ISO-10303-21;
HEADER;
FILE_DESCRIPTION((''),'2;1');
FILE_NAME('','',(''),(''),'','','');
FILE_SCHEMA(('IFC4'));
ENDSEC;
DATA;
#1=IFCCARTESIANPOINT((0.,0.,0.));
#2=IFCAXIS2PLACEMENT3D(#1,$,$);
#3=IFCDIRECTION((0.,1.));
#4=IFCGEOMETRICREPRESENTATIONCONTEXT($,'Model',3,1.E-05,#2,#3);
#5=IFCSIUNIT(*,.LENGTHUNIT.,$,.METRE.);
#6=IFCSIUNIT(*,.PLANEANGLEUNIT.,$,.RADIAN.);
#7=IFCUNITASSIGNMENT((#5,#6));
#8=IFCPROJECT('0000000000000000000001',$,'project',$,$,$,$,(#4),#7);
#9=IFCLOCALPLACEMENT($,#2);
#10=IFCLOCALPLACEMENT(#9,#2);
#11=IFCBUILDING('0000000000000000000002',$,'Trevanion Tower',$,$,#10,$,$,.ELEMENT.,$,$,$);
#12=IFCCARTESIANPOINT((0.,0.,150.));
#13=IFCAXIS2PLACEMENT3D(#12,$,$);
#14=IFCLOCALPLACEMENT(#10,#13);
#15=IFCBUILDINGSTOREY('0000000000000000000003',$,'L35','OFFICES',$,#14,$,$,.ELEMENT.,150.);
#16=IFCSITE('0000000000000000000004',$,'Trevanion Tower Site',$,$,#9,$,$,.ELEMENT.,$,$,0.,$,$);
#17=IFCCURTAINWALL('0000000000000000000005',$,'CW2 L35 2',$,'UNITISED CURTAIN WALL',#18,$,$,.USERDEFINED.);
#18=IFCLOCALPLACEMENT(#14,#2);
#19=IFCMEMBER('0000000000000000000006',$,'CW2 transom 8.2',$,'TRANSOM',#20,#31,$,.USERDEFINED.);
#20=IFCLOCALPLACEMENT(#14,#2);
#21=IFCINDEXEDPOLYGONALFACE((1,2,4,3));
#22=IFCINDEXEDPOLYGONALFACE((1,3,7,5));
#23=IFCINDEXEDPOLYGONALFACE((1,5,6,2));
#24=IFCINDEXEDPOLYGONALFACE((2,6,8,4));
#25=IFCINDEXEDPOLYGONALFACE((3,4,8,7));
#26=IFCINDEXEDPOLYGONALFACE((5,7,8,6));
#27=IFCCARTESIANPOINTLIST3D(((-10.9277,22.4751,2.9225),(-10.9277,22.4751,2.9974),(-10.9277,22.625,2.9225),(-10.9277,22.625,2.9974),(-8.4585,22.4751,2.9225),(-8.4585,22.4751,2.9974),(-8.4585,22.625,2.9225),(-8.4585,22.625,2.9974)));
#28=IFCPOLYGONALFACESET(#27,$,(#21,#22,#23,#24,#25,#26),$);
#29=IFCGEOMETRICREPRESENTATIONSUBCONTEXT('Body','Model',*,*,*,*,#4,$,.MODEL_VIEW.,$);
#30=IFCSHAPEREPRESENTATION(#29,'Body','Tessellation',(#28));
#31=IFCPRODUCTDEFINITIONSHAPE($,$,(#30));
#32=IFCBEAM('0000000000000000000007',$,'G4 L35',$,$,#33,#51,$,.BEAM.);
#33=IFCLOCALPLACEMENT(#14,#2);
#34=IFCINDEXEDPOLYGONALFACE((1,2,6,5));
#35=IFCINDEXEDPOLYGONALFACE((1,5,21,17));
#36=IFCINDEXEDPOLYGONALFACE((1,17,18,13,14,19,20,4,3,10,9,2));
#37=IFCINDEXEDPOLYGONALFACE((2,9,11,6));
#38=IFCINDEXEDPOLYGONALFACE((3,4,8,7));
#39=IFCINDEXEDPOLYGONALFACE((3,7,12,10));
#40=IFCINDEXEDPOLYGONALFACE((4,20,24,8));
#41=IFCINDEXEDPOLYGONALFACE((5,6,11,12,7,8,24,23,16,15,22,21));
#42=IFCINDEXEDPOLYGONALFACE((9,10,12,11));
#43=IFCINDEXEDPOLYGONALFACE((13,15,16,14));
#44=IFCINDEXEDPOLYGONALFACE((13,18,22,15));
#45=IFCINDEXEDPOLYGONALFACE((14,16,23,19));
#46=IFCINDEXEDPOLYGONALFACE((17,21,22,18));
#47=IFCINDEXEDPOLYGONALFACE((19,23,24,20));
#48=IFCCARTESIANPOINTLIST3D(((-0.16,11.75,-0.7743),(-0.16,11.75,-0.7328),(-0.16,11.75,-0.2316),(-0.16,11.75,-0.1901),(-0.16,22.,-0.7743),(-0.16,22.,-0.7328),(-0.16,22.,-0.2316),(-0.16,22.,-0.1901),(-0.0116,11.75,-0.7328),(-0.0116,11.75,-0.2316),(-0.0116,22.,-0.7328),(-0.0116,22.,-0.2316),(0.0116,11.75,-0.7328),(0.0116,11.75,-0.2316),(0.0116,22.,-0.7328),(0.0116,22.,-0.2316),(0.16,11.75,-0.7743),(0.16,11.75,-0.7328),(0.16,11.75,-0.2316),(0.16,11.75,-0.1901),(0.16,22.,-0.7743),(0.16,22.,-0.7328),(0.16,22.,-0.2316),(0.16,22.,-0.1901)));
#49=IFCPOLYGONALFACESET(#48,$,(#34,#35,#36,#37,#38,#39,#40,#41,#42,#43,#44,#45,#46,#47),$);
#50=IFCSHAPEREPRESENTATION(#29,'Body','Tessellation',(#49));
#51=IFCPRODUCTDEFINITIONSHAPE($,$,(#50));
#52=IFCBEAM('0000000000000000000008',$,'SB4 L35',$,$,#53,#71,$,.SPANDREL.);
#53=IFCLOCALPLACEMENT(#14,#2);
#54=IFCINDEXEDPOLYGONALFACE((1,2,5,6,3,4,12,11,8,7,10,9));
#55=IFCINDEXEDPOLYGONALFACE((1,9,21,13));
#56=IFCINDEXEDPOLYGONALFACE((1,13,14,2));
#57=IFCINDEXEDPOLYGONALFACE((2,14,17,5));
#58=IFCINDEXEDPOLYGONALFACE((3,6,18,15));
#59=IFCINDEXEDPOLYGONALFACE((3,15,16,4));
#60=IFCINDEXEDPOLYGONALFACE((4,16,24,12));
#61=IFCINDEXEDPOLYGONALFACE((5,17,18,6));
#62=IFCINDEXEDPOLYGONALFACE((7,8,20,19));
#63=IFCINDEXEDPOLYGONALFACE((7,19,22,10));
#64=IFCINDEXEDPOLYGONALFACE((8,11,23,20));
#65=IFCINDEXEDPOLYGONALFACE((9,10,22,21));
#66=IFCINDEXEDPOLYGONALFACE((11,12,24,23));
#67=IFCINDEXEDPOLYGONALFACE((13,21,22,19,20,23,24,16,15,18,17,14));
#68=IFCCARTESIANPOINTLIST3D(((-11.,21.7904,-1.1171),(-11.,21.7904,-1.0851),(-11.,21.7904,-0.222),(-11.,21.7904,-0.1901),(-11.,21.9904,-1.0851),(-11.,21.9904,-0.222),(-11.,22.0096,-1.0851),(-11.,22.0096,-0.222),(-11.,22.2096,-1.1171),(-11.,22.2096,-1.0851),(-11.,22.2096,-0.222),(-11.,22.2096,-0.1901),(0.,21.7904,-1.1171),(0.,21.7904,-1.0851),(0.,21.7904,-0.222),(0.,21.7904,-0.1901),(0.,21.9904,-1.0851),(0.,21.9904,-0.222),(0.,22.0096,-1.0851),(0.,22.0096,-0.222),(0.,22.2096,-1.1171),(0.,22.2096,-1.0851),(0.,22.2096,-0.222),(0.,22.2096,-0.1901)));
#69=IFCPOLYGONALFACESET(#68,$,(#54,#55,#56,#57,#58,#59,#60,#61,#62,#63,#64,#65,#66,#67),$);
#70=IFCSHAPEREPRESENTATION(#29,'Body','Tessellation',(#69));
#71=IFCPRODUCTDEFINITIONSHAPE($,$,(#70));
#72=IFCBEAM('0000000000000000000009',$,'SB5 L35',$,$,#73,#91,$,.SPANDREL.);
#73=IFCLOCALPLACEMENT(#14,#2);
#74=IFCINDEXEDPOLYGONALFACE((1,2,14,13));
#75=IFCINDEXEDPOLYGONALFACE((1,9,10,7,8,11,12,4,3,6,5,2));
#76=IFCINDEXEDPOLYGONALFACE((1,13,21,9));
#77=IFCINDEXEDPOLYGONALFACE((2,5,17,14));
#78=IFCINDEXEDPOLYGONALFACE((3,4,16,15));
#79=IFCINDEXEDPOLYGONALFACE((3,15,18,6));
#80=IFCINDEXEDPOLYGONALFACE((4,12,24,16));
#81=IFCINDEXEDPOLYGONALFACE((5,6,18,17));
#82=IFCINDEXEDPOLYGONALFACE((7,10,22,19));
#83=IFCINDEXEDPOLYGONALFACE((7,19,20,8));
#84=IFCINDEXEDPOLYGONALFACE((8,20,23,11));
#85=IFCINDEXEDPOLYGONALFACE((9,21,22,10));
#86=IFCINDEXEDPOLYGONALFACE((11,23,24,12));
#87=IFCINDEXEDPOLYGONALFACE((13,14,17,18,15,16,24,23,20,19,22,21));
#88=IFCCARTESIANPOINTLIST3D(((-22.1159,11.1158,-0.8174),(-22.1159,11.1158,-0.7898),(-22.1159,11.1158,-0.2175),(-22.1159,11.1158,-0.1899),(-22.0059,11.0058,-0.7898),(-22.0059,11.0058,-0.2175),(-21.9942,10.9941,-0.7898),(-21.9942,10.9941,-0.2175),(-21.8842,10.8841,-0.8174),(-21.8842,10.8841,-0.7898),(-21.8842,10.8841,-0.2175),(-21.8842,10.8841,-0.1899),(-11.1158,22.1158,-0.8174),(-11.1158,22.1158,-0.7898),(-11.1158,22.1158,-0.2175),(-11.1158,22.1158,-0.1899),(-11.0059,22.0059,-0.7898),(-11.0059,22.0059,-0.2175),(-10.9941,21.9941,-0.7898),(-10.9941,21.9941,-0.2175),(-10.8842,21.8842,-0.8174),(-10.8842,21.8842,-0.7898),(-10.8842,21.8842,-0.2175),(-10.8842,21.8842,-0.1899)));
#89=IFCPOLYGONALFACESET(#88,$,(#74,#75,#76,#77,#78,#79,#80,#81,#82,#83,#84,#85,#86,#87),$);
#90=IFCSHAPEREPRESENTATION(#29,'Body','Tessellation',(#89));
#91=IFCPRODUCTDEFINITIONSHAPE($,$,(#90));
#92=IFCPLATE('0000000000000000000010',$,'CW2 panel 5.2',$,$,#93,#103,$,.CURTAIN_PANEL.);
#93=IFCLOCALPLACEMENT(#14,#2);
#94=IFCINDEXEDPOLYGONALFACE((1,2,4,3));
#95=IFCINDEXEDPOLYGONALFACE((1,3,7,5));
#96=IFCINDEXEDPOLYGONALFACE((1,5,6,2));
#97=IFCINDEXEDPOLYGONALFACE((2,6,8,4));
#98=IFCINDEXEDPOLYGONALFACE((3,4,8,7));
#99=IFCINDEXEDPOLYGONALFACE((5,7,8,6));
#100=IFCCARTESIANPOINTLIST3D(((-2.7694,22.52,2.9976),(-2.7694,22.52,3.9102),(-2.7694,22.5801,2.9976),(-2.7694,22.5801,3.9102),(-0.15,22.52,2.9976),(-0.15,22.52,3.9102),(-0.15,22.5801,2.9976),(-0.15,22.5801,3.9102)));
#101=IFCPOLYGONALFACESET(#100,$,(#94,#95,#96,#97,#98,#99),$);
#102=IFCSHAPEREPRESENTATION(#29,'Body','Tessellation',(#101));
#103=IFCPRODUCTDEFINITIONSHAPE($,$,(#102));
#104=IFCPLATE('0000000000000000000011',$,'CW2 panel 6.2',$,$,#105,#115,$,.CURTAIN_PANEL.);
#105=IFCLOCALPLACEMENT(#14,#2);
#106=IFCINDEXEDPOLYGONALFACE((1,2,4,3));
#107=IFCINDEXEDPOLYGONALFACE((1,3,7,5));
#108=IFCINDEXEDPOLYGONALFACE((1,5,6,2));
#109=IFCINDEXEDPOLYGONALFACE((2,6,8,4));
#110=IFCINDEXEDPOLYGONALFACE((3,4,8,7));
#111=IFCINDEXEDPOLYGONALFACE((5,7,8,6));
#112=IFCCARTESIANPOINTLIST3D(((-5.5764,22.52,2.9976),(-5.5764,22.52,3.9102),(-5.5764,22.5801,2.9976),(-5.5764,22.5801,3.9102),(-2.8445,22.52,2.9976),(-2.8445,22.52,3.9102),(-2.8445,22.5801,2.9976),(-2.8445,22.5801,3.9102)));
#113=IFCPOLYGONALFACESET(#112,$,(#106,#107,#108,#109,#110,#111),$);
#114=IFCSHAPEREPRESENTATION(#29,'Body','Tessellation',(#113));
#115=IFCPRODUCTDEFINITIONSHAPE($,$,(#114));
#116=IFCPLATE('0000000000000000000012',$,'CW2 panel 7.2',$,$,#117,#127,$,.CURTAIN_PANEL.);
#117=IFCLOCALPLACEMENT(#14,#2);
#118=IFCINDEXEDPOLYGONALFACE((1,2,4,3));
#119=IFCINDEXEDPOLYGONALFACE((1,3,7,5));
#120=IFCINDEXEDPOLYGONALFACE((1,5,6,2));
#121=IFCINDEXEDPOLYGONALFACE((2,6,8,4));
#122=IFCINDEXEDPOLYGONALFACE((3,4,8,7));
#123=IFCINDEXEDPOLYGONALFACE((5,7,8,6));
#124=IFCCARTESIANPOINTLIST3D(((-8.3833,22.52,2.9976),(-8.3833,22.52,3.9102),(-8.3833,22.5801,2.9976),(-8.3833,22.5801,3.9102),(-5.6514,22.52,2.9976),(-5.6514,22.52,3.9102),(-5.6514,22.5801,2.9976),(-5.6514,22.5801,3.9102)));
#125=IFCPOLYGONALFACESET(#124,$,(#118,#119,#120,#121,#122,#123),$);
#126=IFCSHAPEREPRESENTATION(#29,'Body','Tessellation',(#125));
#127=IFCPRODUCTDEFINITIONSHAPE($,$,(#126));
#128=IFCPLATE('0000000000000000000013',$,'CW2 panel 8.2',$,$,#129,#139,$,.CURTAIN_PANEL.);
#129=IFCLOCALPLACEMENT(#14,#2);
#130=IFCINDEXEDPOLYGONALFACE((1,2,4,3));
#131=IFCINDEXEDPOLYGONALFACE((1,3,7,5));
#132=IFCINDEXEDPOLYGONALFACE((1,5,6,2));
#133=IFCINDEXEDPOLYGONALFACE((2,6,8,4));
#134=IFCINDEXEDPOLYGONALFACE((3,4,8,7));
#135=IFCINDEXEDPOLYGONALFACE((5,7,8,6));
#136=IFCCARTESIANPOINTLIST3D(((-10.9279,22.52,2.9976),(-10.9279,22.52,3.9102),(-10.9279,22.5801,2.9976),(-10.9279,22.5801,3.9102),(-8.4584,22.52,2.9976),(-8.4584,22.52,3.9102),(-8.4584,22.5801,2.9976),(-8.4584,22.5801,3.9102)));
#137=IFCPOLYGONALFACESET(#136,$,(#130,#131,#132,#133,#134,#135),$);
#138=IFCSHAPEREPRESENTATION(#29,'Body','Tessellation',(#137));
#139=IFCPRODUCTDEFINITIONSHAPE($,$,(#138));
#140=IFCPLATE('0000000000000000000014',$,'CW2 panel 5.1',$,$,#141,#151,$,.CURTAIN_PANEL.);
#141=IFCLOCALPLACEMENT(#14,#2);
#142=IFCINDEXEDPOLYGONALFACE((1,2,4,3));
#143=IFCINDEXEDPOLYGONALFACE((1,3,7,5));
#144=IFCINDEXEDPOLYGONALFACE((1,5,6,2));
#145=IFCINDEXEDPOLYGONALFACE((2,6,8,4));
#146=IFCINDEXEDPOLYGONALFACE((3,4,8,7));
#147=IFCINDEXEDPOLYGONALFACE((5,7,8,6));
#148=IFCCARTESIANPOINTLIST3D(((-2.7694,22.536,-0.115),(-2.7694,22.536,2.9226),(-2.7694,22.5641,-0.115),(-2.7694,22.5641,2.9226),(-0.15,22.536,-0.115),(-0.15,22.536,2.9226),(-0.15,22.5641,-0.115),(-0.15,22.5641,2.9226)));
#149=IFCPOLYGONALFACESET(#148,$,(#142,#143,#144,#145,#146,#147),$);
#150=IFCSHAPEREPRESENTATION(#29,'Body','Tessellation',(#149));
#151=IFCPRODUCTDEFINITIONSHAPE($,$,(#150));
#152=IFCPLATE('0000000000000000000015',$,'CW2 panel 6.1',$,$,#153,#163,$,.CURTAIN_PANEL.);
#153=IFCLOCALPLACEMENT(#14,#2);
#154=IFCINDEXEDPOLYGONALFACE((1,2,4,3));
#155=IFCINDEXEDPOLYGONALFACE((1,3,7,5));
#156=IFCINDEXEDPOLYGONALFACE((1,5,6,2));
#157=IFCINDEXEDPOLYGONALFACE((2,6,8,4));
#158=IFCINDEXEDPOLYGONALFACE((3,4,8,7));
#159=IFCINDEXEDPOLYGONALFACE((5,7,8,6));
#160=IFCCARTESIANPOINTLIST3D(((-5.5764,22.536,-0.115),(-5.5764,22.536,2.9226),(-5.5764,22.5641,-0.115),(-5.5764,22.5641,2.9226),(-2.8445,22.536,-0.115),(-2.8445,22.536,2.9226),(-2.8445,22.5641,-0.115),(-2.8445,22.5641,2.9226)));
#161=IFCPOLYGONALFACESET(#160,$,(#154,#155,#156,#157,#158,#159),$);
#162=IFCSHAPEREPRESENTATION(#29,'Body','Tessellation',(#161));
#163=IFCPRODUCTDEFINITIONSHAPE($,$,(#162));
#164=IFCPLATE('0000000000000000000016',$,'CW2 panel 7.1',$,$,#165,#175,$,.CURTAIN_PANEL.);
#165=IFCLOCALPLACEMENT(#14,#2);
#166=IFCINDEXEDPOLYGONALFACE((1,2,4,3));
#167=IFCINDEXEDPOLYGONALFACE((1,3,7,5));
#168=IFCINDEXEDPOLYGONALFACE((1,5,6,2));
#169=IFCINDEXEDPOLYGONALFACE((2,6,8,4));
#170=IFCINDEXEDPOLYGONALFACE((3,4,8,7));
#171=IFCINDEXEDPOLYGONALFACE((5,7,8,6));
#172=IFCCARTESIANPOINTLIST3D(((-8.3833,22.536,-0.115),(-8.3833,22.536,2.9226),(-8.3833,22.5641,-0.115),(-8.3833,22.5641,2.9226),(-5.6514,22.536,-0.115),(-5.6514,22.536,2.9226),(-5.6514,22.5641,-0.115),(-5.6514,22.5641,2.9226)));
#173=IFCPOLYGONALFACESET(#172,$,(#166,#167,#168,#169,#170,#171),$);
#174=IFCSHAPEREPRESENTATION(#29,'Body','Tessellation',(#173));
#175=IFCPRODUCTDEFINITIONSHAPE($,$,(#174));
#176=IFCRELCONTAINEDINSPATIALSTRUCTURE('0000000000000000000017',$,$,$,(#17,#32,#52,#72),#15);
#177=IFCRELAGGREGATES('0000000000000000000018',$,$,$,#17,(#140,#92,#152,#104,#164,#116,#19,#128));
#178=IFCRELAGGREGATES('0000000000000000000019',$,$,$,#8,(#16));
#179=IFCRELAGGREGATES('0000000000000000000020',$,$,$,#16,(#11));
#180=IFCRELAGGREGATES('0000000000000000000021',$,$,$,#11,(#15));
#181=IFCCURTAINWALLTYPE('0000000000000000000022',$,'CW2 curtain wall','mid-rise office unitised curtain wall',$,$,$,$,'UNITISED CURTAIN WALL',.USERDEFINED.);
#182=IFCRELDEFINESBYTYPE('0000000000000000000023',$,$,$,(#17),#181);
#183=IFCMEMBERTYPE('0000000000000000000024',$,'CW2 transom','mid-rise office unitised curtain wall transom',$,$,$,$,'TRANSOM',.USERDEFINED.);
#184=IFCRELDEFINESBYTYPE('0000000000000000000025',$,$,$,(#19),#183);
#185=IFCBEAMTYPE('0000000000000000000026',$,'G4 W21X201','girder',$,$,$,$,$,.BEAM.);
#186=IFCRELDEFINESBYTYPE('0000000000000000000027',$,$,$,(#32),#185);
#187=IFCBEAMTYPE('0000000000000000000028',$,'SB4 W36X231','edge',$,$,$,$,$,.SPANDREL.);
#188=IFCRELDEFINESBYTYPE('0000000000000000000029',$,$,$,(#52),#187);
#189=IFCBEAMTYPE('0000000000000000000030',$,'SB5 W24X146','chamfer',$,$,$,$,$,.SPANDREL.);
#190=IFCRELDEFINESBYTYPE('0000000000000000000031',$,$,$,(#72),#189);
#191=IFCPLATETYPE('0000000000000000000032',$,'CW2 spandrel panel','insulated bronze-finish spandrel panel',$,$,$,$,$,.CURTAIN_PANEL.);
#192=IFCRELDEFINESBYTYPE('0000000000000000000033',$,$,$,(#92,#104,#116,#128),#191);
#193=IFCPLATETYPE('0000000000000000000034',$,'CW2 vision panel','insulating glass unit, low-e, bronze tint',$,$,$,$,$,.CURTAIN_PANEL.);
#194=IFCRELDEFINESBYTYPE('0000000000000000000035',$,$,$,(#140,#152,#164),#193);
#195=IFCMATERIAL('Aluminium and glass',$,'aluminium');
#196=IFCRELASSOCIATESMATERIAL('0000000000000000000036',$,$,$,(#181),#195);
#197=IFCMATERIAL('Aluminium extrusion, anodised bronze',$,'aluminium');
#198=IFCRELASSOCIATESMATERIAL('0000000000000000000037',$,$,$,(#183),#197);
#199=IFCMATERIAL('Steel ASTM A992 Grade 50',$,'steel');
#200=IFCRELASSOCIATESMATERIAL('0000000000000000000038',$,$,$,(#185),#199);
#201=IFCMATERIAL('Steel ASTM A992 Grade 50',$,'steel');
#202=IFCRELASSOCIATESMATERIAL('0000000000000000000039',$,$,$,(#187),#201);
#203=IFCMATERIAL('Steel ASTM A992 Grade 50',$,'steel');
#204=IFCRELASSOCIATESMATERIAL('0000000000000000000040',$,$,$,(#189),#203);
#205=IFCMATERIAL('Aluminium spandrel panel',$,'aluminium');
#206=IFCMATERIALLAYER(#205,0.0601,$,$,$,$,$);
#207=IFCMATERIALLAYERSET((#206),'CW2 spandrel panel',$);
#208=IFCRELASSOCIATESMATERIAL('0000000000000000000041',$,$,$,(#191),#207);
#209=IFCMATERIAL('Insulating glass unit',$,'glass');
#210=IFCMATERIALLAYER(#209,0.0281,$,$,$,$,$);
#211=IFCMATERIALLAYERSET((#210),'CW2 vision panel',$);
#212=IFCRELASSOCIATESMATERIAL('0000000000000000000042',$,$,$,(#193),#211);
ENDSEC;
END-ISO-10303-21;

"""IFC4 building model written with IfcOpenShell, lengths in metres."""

from ifc_helpers import new_model, si_unit, direction, frame, origin, origin_2d, place, context, subcontext, project, spatial, rectangle, i_section, extrude, material, layer, layer_set, material_profile, profile_set, type_object, element, aggregate, save


model = new_model("IFC4")

# Units and contexts
model_context = context("Model", 3, precision=1e-05, world=origin(), true_north=direction((0.0, 1.0)))
body_context = subcontext(model_context, "Body", "Model", "MODEL_VIEW")
ifc_project = project(units=[si_unit("LENGTHUNIT", "METRE"), si_unit("PLANEANGLEUNIT", "RADIAN")], contexts=[model_context])

# Site, building, storey
site_placement = place(None, origin())
site = spatial("IfcSite", under=ifc_project, at=site_placement, Name="Trevanion Tower Site", CompositionType="ELEMENT", RefElevation=0.0)
building_placement = place(site_placement, origin())
building = spatial("IfcBuilding", under=site, at=building_placement, Name="Trevanion Tower", CompositionType="ELEMENT")
storey_placement = place(building_placement, frame((0.0, 0.0, 150.0)))
storey = spatial("IfcBuildingStorey", under=building, at=storey_placement, Name="L35", Description="OFFICES", CompositionType="ELEMENT", Elevation=150.0)

# Curtain wall, member
ifc_material_1 = material(Name="Aluminium and glass", Category="aluminium")
curtain_wall_type = type_object("IfcCurtainWallType", Name="CW2 curtain wall", Description="mid-rise office unitised curtain wall", ElementType="UNITISED CURTAIN WALL", PredefinedType="USERDEFINED", material=ifc_material_1)
curtain_wall_placement = place(storey_placement, origin())
curtain_wall = element("IfcCurtainWall", 1, at=curtain_wall_placement, inside=storey, type_object=curtain_wall_type, Name="CW2 L35 2", ObjectType="UNITISED CURTAIN WALL", PredefinedType="USERDEFINED")
ifc_material_2 = material(Name="Aluminium extrusion, anodised bronze", Category="aluminium")
ifc_material_profile_1 = material_profile(ifc_material_2, rectangle(XDim=0.1499, YDim=0.075, at=origin_2d()), Name="CW2 transom")
ifc_profile_set_1 = profile_set([ifc_material_profile_1], Name="Aluminium extrusion, anodised bronze")
member_type_1 = type_object("IfcMemberType", Name="CW2 transom", Description="mid-rise office unitised curtain wall transom", ElementType="TRANSOM", PredefinedType="USERDEFINED", material=ifc_profile_set_1)
member_1_placement = place(storey_placement, frame((-8.4585, 22.55, 2.96), z_axis=(-1.0, 0.0, 0.0), x_axis=(0.0, -1.0, 0.0)))
member_1 = element("IfcMember", 2, at=member_1_placement, type_object=member_type_1, Name="CW2 transom 8.2", ObjectType="TRANSOM", PredefinedType="USERDEFINED", context=body_context, shape_type="SweptSolid", body=[
    extrude(rectangle(XDim=0.1499, YDim=0.075, at=origin_2d()), origin(), (0.0, 0.0, 1.0), 2.4692),
])

# Beams
ifc_material_3 = material(Name="Steel ASTM A992 Grade 50", Category="steel")
ifc_material_profile_2 = material_profile(ifc_material_3, i_section(OverallWidth=0.3201, OverallDepth=0.5842, WebThickness=0.0232, FlangeThickness=0.0415, at=origin_2d()), Name="W21X201")
ifc_profile_set_2 = profile_set([ifc_material_profile_2], Name="Steel ASTM A992 Grade 50")
beam_type_1 = type_object("IfcBeamType", Name="G4 W21X201", Description="girder", PredefinedType="BEAM", material=ifc_profile_set_2)
beam_1_placement = place(storey_placement, frame((0.0, 11.75, -0.4822), z_axis=(0.0, 1.0, 0.0), x_axis=(-1.0, 0.0, 0.0)))
element("IfcBeam", 3, at=beam_1_placement, inside=storey, type_object=beam_type_1, Name="G4 L35", PredefinedType="BEAM", context=body_context, shape_type="SweptSolid", body=[
    extrude(i_section(OverallWidth=0.3201, OverallDepth=0.5842, WebThickness=0.0232, FlangeThickness=0.0415, at=origin_2d()), origin(), (0.0, 0.0, 1.0), 10.25),
])
ifc_material_4 = material(Name="Steel ASTM A992 Grade 50", Category="steel")
ifc_material_profile_3 = material_profile(ifc_material_4, i_section(OverallWidth=0.4192, OverallDepth=0.927, WebThickness=0.0193, FlangeThickness=0.032, at=origin_2d()), Name="W36X231")
ifc_profile_set_3 = profile_set([ifc_material_profile_3], Name="Steel ASTM A992 Grade 50")
beam_type_2 = type_object("IfcBeamType", Name="SB4 W36X231", Description="edge", PredefinedType="SPANDREL", material=ifc_profile_set_3)
beam_2_placement = place(storey_placement, frame((0.0, 22.0, -0.6536), z_axis=(-1.0, 0.0, 0.0), x_axis=(0.0, -1.0, 0.0)))
element("IfcBeam", 4, at=beam_2_placement, inside=storey, type_object=beam_type_2, Name="SB4 L35", PredefinedType="SPANDREL", context=body_context, shape_type="SweptSolid", body=[
    extrude(i_section(OverallWidth=0.4192, OverallDepth=0.927, WebThickness=0.0193, FlangeThickness=0.032, at=origin_2d()), origin(), (0.0, 0.0, 1.0), 11.0),
])
ifc_material_5 = material(Name="Steel ASTM A992 Grade 50", Category="steel")
ifc_material_profile_4 = material_profile(ifc_material_5, i_section(OverallWidth=0.3276, OverallDepth=0.6274, WebThickness=0.0166, FlangeThickness=0.0276, at=origin_2d()), Name="W24X146")
ifc_profile_set_4 = profile_set([ifc_material_profile_4], Name="Steel ASTM A992 Grade 50")
beam_type_3 = type_object("IfcBeamType", Name="SB5 W24X146", Description="chamfer", PredefinedType="SPANDREL", material=ifc_profile_set_4)
beam_3_placement = place(storey_placement, frame((-11.0, 22.0, -0.5037), z_axis=(-0.707107, -0.707107, 0.0), x_axis=(0.707107, -0.707107, 0.0)))
element("IfcBeam", 5, at=beam_3_placement, inside=storey, type_object=beam_type_3, Name="SB5 L35", PredefinedType="SPANDREL", context=body_context, shape_type="SweptSolid", body=[
    extrude(i_section(OverallWidth=0.3276, OverallDepth=0.6274, WebThickness=0.0166, FlangeThickness=0.0276, at=origin_2d()), origin(), (0.0, 0.0, 1.0), 15.5564),
])

# Plates
ifc_material_6 = material(Name="Aluminium spandrel panel", Category="aluminium")
ifc_layer_1 = layer(ifc_material_6, 0.0601)
ifc_layer_set_1 = layer_set([ifc_layer_1], Name="CW2 spandrel panel")
plate_type_1 = type_object("IfcPlateType", Name="CW2 spandrel panel", Description="insulated bronze-finish spandrel panel", PredefinedType="CURTAIN_PANEL", material=ifc_layer_set_1)
plate_1_placement = place(storey_placement, frame((-1.4597, 22.55, 2.9976), z_axis=(0.0, 0.0, 1.0), x_axis=(-1.0, 0.0, 0.0)))
plate_1 = element("IfcPlate", 6, at=plate_1_placement, type_object=plate_type_1, Name="CW2 panel 5.2", PredefinedType="CURTAIN_PANEL", context=body_context, shape_type="SweptSolid", body=[
    extrude(rectangle(XDim=2.6194, YDim=0.0601, at=origin_2d()), origin(), (0.0, 0.0, 1.0), 0.9126),
])
plate_2_placement = place(storey_placement, frame((-4.2104, 22.55, 2.9976), z_axis=(0.0, 0.0, 1.0), x_axis=(-1.0, 0.0, 0.0)))
plate_2 = element("IfcPlate", 7, at=plate_2_placement, type_object=plate_type_1, Name="CW2 panel 6.2", PredefinedType="CURTAIN_PANEL", context=body_context, shape_type="SweptSolid", body=[
    extrude(rectangle(XDim=2.7319, YDim=0.0601, at=origin_2d()), origin(), (0.0, 0.0, 1.0), 0.9126),
])
plate_3_placement = place(storey_placement, frame((-7.0173, 22.55, 2.9976), z_axis=(0.0, 0.0, 1.0), x_axis=(-1.0, 0.0, 0.0)))
plate_3 = element("IfcPlate", 8, at=plate_3_placement, type_object=plate_type_1, Name="CW2 panel 7.2", PredefinedType="CURTAIN_PANEL", context=body_context, shape_type="SweptSolid", body=[
    extrude(rectangle(XDim=2.7319, YDim=0.0601, at=origin_2d()), origin(), (0.0, 0.0, 1.0), 0.9126),
])
plate_4_placement = place(storey_placement, frame((-9.6931, 22.55, 2.9976), z_axis=(0.0, 0.0, 1.0), x_axis=(-1.0, 0.0, 0.0)))
plate_4 = element("IfcPlate", 9, at=plate_4_placement, type_object=plate_type_1, Name="CW2 panel 8.2", PredefinedType="CURTAIN_PANEL", context=body_context, shape_type="SweptSolid", body=[
    extrude(rectangle(XDim=2.4695, YDim=0.0601, at=origin_2d()), origin(), (0.0, 0.0, 1.0), 0.9126),
])
ifc_material_7 = material(Name="Insulating glass unit", Category="glass")
ifc_layer_2 = layer(ifc_material_7, 0.0281)
ifc_layer_set_2 = layer_set([ifc_layer_2], Name="CW2 vision panel")
plate_type_2 = type_object("IfcPlateType", Name="CW2 vision panel", Description="insulating glass unit, low-e, bronze tint", PredefinedType="CURTAIN_PANEL", material=ifc_layer_set_2)
plate_5_placement = place(storey_placement, frame((-1.4597, 22.55, -0.115), z_axis=(0.0, 0.0, 1.0), x_axis=(-1.0, 0.0, 0.0)))
plate_5 = element("IfcPlate", 10, at=plate_5_placement, type_object=plate_type_2, Name="CW2 panel 5.1", PredefinedType="CURTAIN_PANEL", context=body_context, shape_type="SweptSolid", body=[
    extrude(rectangle(XDim=2.6194, YDim=0.0281, at=origin_2d()), origin(), (0.0, 0.0, 1.0), 3.0376),
])
plate_6_placement = place(storey_placement, frame((-4.2104, 22.55, -0.115), z_axis=(0.0, 0.0, 1.0), x_axis=(-1.0, 0.0, 0.0)))
plate_6 = element("IfcPlate", 11, at=plate_6_placement, type_object=plate_type_2, Name="CW2 panel 6.1", PredefinedType="CURTAIN_PANEL", context=body_context, shape_type="SweptSolid", body=[
    extrude(rectangle(XDim=2.7319, YDim=0.0281, at=origin_2d()), origin(), (0.0, 0.0, 1.0), 3.0376),
])
plate_7_placement = place(storey_placement, frame((-7.0173, 22.55, -0.115), z_axis=(0.0, 0.0, 1.0), x_axis=(-1.0, 0.0, 0.0)))
plate_7 = element("IfcPlate", 12, at=plate_7_placement, type_object=plate_type_2, Name="CW2 panel 7.1", PredefinedType="CURTAIN_PANEL", context=body_context, shape_type="SweptSolid", body=[
    extrude(rectangle(XDim=2.7319, YDim=0.0281, at=origin_2d()), origin(), (0.0, 0.0, 1.0), 3.0376),
])
aggregate(curtain_wall, [plate_5, plate_1, plate_6, plate_2, plate_7, plate_3, member_1, plate_4])

save(model, "model.ifc")
